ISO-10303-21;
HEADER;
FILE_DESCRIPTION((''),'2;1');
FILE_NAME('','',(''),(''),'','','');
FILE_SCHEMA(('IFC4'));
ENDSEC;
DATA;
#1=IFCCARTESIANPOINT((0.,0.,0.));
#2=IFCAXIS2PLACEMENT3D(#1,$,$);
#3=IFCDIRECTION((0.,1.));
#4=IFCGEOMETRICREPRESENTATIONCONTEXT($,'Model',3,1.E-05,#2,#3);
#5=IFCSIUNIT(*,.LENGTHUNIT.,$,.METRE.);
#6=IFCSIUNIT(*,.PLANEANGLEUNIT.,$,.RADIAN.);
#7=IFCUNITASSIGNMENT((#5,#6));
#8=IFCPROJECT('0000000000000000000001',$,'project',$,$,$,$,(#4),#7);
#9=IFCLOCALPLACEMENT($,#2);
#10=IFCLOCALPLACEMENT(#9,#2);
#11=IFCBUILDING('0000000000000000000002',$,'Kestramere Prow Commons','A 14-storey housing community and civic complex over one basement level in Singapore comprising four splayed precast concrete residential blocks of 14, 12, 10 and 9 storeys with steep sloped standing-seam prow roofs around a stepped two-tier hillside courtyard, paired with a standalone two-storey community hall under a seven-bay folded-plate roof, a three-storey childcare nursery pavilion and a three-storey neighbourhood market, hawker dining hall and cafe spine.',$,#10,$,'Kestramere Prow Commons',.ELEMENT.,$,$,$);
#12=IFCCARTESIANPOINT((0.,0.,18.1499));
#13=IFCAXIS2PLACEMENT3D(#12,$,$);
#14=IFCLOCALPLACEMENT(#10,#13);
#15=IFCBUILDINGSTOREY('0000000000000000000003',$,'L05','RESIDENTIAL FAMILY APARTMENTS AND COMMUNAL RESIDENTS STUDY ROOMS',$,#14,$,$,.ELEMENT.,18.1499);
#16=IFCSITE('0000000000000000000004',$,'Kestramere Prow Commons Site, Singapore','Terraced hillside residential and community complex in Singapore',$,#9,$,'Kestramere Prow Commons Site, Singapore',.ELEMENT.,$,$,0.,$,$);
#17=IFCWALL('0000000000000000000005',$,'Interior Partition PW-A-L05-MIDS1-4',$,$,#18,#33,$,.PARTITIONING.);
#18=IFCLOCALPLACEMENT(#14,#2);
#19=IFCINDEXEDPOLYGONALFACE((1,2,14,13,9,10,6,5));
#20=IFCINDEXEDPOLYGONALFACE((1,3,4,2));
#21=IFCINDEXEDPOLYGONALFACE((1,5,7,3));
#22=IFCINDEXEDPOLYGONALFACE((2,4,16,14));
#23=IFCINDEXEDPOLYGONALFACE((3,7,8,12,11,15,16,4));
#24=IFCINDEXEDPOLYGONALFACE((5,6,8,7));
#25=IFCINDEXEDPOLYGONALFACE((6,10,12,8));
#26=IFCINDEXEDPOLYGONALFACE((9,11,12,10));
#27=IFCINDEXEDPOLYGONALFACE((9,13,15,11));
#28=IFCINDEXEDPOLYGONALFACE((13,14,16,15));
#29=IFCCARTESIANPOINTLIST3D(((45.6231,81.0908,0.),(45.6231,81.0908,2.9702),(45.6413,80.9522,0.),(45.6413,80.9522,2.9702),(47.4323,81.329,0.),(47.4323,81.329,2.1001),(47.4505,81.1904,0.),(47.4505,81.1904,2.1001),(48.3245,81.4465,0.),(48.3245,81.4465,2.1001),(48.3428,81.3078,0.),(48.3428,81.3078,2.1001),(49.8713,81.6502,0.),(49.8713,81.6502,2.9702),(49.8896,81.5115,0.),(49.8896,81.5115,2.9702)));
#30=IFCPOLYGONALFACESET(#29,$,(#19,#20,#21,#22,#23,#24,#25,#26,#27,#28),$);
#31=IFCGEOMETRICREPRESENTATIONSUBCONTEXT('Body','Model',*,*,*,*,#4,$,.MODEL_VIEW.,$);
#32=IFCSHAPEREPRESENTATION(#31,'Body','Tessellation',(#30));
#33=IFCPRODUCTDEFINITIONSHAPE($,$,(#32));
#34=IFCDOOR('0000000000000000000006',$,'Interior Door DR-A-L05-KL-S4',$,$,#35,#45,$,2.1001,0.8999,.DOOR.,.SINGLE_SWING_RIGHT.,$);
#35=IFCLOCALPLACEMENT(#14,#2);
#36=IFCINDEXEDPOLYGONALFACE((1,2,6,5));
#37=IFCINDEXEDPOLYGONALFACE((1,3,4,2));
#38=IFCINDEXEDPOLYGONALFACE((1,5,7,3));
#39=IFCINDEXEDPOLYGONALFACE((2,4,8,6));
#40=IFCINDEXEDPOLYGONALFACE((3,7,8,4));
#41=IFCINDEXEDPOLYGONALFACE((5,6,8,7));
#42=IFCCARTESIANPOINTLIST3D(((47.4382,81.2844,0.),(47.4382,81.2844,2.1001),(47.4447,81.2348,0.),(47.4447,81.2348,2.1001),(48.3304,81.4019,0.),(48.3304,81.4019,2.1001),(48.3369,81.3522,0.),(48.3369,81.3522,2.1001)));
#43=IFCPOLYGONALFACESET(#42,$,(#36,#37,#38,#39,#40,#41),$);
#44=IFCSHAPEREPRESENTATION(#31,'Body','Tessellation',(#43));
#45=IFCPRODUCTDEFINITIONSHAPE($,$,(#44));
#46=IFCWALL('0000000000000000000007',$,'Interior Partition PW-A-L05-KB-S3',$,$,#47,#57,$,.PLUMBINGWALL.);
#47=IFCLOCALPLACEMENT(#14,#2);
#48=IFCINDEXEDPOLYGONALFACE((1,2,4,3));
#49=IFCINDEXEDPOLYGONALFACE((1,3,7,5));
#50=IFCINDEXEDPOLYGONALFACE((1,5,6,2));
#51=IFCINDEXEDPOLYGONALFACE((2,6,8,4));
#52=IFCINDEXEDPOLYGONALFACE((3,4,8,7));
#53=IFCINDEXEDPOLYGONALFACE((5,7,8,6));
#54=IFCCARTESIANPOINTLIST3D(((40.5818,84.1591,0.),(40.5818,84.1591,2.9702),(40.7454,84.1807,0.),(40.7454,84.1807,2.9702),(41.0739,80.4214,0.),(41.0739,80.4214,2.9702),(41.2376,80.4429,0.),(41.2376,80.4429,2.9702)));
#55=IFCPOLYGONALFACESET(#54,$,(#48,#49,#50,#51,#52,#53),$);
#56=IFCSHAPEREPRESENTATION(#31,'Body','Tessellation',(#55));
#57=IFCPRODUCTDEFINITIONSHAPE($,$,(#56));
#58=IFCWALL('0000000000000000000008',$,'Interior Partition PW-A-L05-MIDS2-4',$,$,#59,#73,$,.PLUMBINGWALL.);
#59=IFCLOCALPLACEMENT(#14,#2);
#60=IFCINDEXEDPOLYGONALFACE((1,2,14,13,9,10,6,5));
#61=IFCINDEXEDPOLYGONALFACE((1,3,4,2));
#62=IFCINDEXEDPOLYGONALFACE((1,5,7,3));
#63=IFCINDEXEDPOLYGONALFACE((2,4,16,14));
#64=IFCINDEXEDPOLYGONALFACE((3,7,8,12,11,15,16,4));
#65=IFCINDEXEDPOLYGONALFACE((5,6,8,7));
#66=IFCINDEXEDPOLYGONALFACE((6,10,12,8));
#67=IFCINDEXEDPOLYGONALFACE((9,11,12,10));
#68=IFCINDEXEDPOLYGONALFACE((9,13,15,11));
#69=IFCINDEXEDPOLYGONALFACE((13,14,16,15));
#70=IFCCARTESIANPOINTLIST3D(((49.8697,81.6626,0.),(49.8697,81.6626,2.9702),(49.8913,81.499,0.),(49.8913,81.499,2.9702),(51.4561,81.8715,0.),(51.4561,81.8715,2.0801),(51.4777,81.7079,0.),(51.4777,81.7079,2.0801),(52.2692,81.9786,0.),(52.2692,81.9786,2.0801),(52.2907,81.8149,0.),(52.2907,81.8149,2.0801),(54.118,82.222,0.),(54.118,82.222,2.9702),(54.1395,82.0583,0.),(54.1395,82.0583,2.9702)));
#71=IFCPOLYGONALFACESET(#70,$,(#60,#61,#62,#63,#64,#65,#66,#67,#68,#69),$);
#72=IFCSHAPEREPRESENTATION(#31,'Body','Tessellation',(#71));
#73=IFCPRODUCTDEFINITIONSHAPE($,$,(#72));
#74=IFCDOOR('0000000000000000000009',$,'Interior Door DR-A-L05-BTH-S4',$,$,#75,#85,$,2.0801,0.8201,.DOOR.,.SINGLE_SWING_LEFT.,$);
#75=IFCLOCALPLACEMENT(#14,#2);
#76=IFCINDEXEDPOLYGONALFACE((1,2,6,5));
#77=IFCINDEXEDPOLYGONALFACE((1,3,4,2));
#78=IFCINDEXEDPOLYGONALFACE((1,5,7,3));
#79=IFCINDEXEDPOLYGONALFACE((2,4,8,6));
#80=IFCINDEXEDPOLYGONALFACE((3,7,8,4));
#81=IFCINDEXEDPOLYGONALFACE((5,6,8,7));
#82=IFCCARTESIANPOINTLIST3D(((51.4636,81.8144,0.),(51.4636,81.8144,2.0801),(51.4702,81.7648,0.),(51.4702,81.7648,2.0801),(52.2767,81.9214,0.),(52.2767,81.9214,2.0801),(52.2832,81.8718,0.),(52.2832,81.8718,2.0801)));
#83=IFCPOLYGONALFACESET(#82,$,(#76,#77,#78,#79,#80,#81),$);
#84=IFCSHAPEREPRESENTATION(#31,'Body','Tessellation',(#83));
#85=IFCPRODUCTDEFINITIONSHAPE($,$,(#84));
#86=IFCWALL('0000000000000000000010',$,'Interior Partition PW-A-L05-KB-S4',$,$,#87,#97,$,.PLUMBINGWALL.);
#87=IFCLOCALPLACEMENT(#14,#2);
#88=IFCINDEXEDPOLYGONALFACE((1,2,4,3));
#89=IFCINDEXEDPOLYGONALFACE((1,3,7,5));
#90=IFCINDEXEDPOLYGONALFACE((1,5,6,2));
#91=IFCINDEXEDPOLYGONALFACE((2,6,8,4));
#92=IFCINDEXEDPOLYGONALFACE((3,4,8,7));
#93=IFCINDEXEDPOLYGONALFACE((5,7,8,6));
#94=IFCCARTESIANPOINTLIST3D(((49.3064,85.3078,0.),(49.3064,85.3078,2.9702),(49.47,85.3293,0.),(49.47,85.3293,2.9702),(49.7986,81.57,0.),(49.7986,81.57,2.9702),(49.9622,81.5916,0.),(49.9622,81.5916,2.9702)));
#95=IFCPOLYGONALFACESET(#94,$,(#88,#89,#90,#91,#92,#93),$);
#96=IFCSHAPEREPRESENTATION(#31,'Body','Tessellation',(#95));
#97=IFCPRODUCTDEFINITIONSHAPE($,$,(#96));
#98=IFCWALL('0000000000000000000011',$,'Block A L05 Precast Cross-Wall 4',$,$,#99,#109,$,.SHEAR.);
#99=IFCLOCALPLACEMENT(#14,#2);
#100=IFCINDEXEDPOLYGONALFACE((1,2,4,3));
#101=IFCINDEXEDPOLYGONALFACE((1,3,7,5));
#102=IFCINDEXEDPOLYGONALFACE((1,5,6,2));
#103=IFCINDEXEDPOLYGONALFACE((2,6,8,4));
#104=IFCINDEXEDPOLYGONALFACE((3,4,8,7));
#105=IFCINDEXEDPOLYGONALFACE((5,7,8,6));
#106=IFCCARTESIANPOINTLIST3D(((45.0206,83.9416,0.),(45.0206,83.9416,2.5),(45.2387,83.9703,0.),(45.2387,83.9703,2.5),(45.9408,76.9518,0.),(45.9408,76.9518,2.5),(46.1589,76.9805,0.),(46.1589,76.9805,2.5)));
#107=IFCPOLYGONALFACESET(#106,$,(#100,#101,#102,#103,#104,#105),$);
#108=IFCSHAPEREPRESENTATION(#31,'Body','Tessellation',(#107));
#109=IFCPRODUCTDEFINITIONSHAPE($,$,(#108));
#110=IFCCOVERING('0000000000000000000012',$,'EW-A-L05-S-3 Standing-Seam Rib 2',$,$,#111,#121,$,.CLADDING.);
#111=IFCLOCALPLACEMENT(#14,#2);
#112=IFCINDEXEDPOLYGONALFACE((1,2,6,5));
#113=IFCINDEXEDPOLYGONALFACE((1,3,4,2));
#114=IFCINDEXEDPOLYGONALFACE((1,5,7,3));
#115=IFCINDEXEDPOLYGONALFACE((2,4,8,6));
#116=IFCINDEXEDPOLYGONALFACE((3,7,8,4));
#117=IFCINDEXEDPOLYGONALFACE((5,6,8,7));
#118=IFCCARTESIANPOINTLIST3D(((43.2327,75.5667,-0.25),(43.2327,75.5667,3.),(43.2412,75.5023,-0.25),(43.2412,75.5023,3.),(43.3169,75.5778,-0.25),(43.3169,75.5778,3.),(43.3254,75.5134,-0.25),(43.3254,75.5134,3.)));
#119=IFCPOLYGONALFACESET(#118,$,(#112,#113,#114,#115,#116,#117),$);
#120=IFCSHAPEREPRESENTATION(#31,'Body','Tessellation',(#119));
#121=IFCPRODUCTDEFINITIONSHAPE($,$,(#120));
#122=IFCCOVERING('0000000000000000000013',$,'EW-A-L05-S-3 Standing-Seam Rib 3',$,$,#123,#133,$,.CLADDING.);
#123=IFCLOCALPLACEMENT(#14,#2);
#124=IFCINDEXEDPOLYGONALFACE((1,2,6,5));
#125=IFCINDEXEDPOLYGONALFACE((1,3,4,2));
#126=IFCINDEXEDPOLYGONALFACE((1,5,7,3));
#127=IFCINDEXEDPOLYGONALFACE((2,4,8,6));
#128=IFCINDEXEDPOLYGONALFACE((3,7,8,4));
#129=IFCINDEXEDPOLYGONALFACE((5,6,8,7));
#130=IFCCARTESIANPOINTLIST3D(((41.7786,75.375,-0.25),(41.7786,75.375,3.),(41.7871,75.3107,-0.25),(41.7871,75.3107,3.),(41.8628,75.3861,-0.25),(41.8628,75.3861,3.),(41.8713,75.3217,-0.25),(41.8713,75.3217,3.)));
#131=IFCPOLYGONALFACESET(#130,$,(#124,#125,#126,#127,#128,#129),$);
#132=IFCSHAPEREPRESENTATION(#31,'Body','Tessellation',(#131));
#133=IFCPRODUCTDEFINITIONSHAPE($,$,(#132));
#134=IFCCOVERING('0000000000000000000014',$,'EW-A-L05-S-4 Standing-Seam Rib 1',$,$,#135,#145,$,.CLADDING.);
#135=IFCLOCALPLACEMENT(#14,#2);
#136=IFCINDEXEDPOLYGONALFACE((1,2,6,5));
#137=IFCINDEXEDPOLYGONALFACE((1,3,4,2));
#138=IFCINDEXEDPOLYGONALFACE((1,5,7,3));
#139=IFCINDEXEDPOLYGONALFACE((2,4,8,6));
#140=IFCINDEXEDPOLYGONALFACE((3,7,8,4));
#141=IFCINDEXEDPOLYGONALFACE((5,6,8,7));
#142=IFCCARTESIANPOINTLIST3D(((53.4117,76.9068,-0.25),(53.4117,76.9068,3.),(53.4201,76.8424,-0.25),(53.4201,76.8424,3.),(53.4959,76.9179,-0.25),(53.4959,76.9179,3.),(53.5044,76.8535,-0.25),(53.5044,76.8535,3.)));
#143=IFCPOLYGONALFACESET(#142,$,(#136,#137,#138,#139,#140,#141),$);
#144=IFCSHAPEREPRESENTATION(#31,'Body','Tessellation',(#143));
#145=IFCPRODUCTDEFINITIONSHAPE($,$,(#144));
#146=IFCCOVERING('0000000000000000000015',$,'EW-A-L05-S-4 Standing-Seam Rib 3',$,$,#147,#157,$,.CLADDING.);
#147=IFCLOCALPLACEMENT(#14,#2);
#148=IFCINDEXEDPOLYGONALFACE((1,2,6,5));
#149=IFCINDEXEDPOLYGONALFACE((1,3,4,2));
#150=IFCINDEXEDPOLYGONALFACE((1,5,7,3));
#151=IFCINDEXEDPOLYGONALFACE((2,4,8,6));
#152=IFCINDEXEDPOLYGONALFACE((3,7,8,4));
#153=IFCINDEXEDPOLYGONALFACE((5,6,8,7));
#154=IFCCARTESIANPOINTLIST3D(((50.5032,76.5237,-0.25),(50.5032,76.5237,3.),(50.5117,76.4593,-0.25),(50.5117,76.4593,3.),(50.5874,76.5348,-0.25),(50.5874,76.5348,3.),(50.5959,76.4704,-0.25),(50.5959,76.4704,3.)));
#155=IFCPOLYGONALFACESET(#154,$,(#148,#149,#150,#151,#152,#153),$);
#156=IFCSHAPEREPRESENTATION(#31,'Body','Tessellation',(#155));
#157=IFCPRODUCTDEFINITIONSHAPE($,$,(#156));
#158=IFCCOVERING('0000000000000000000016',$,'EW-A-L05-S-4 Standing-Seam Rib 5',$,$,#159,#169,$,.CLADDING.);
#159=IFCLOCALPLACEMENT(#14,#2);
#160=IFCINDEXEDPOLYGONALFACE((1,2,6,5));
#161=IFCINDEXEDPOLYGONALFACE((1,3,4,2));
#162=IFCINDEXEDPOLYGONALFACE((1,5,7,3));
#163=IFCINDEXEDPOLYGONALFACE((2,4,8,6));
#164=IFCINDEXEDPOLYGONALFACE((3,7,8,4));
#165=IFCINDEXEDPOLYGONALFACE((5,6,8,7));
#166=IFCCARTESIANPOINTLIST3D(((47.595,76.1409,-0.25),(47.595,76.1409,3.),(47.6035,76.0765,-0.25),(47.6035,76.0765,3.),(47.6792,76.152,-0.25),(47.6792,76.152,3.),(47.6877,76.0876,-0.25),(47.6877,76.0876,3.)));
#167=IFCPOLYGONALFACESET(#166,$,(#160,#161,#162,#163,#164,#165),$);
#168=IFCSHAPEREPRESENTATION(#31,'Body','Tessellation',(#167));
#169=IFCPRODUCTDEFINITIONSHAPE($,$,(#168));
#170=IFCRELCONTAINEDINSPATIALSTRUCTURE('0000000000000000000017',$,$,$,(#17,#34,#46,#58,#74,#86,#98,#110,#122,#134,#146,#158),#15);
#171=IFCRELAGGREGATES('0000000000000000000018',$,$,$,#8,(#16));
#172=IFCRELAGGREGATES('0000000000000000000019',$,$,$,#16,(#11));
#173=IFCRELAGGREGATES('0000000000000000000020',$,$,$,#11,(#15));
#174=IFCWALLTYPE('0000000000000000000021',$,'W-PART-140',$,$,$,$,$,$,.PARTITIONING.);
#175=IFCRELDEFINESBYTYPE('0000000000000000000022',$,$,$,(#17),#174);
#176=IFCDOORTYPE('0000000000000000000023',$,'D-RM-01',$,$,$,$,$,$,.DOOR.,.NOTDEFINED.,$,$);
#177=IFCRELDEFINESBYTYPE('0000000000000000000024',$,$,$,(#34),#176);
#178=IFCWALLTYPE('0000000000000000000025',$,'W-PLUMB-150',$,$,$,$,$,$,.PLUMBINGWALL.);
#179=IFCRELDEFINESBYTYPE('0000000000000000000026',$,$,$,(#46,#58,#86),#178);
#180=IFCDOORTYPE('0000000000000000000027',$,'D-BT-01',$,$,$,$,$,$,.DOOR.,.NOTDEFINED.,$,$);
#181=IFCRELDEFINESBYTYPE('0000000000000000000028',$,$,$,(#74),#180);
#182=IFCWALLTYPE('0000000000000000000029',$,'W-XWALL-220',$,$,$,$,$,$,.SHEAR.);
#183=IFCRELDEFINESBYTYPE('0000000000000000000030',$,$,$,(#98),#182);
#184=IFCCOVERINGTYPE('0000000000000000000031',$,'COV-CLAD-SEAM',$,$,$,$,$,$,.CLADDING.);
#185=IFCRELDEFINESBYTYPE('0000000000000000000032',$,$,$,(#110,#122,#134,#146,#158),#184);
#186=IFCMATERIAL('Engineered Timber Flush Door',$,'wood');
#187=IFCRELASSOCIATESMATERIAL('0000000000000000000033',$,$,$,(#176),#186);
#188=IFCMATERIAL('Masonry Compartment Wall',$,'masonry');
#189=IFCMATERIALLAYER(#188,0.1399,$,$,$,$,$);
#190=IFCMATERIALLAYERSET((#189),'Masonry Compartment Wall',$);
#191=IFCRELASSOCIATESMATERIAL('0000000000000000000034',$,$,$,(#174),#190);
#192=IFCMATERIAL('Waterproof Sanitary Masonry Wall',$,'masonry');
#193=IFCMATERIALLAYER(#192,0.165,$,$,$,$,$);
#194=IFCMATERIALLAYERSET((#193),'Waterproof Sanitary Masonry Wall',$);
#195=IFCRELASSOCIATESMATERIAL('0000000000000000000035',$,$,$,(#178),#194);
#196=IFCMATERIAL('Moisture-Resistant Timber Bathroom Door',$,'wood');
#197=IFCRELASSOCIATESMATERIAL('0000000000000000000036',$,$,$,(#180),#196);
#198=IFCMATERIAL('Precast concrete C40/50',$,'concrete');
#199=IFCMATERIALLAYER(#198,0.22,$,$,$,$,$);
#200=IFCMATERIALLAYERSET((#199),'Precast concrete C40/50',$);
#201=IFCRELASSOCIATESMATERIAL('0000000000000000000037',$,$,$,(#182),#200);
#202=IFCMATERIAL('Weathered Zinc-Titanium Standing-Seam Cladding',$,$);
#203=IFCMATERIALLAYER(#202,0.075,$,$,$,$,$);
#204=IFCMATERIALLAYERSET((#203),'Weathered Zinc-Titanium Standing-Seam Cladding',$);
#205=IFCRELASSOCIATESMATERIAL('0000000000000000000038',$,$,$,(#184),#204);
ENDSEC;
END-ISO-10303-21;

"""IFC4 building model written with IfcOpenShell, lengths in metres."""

from ifc_helpers import new_model, si_unit, direction, frame, frame_2d, origin, origin_2d, place, context, subcontext, project, spatial, rectangle, extrude, material, layer, layer_set, type_object, element, fill, save


model = new_model("IFC4")

# Units and contexts
model_context = context("Model", 3, precision=1e-05, world=origin(), true_north=direction((0.0, 1.0)))
body_context = subcontext(model_context, "Body", "Model", "MODEL_VIEW")
ifc_project = project(units=[si_unit("LENGTHUNIT", "METRE"), si_unit("PLANEANGLEUNIT", "RADIAN")], contexts=[model_context])

# Site, building, storey
site_placement = place(None, origin())
site = spatial("IfcSite", under=ifc_project, at=site_placement, Name="Kestramere Prow Commons Site, Singapore", Description="Terraced hillside residential and community complex in Singapore", LongName="Kestramere Prow Commons Site, Singapore", CompositionType="ELEMENT", RefElevation=0.0)
building_placement = place(site_placement, origin())
building = spatial("IfcBuilding", under=site, at=building_placement, Name="Kestramere Prow Commons", Description="A 14-storey housing community and civic complex over one basement level in Singapore comprising four splayed precast concrete residential blocks of 14, 12, 10 and 9 storeys with steep sloped standing-seam prow roofs around a stepped two-tier hillside courtyard, paired with a standalone two-storey community hall under a seven-bay folded-plate roof, a three-storey childcare nursery pavilion and a three-storey neighbourhood market, hawker dining hall and cafe spine.", LongName="Kestramere Prow Commons", CompositionType="ELEMENT")
storey_placement = place(building_placement, frame((0.0, 0.0, 18.1499)))
storey = spatial("IfcBuildingStorey", under=building, at=storey_placement, Name="L05", Description="RESIDENTIAL FAMILY APARTMENTS AND COMMUNAL RESIDENTS STUDY ROOMS", CompositionType="ELEMENT", Elevation=18.1499)

# Shared definitions
ifc_material_1 = material(Name="Precast concrete C40/50", Category="concrete")

# Wall, opening, door
ifc_material_2 = material(Name="Engineered Timber Flush Door", Category="wood")
door_type_1 = type_object("IfcDoorType", Name="D-RM-01", OperationType="NOTDEFINED", PredefinedType="DOOR", material=ifc_material_2)
ifc_material_3 = material(Name="Masonry Compartment Wall", Category="masonry")
ifc_layer_1 = layer(ifc_material_3, 0.1399)
ifc_layer_set_1 = layer_set([ifc_layer_1], Name="Masonry Compartment Wall")
wall_type_1 = type_object("IfcWallType", Name="W-PART-140", PredefinedType="PARTITIONING", material=ifc_layer_set_1)
wall_1_placement = place(storey_placement, frame((45.6321, 81.0215, 0.0), z_axis=(0.0, 0.0, 1.0), x_axis=(0.991444, 0.130533, 0.0)))
wall_1 = element("IfcWall", 1, at=wall_1_placement, inside=storey, type_object=wall_type_1, Name="Interior Partition PW-A-L05-MIDS1-4", PredefinedType="PARTITIONING", context=body_context, shape_type="SweptSolid", body=[
    extrude(rectangle(XDim=4.2849, YDim=0.1399, at=frame_2d((2.1426, 0.0))), origin(), (0.0, 0.0, 1.0), 2.9702),
])
opening_1_placement = place(wall_1_placement, frame((1.825, 0.0, 0.0)))
opening_1 = element("IfcOpeningElement", 2, at=opening_1_placement, cuts=wall_1, PredefinedType="OPENING", context=body_context, shape_type="SweptSolid", body=[
    extrude(rectangle(XDim=0.8999, YDim=2.1001, at=frame_2d((0.45, 1.05))), frame((0.0, 0.085, 0.0), z_axis=(0.0, -1.0, 0.0), x_axis=(1.0, 0.0, 0.0)), (0.0, 0.0, 1.0), 0.1699),
])
door_1_placement = place(opening_1_placement, origin())
door_1 = element("IfcDoor", 3, at=door_1_placement, inside=storey, type_object=door_type_1, Name="Interior Door DR-A-L05-KL-S4", OperationType="SINGLE_SWING_RIGHT", OverallHeight=2.1001, OverallWidth=0.8999, PredefinedType="DOOR", context=body_context, shape_type="SweptSolid", body=[
    extrude(rectangle(XDim=0.8999, YDim=2.1001, at=frame_2d((0.45, 1.05))), frame((0.0, 0.0249, 0.0), z_axis=(0.0, -1.0, 0.0), x_axis=(1.0, 0.0, 0.0)), (0.0, 0.0, 1.0), 0.05),
])
fill(opening_1, door_1)

# Wall
ifc_material_4 = material(Name="Waterproof Sanitary Masonry Wall", Category="masonry")
ifc_layer_2 = layer(ifc_material_4, 0.165)
ifc_layer_set_2 = layer_set([ifc_layer_2], Name="Waterproof Sanitary Masonry Wall")
wall_type_2 = type_object("IfcWallType", Name="W-PLUMB-150", PredefinedType="PLUMBINGWALL", material=ifc_layer_set_2)
wall_2_placement = place(storey_placement, frame((41.1558, 80.4321, 0.0), z_axis=(0.0, 0.0, 1.0), x_axis=(-0.130552, 0.991442, 0.0)))
element("IfcWall", 4, at=wall_2_placement, inside=storey, type_object=wall_type_2, Name="Interior Partition PW-A-L05-KB-S3", PredefinedType="PLUMBINGWALL", context=body_context, shape_type="SweptSolid", body=[
    extrude(rectangle(XDim=3.77, YDim=0.165, at=frame_2d((1.885, 0.0))), origin(), (0.0, 0.0, 1.0), 2.9702),
])

# Wall, opening, door
wall_3_placement = place(storey_placement, frame((49.8804, 81.5808, 0.0), z_axis=(0.0, 0.0, 1.0), x_axis=(0.991444, 0.130533, 0.0)))
wall_3 = element("IfcWall", 5, at=wall_3_placement, inside=storey, type_object=wall_type_2, Name="Interior Partition PW-A-L05-MIDS2-4", PredefinedType="PLUMBINGWALL", context=body_context, shape_type="SweptSolid", body=[
    extrude(rectangle(XDim=4.2849, YDim=0.165, at=frame_2d((2.1426, 0.0))), origin(), (0.0, 0.0, 1.0), 2.9702),
])
opening_2_placement = place(wall_3_placement, frame((1.6001, 0.0, 0.0)))
opening_2 = element("IfcOpeningElement", 6, at=opening_2_placement, cuts=wall_3, PredefinedType="OPENING", context=body_context, shape_type="SweptSolid", body=[
    extrude(rectangle(XDim=0.8201, YDim=2.0801, at=frame_2d((0.4102, 1.04))), frame((0.0, 0.0974, 0.0), z_axis=(0.0, -1.0, 0.0), x_axis=(1.0, 0.0, 0.0)), (0.0, 0.0, 1.0), 0.1951),
])
ifc_material_5 = material(Name="Moisture-Resistant Timber Bathroom Door", Category="wood")
door_type_2 = type_object("IfcDoorType", Name="D-BT-01", OperationType="NOTDEFINED", PredefinedType="DOOR", material=ifc_material_5)
door_2_placement = place(opening_2_placement, origin())
door_2 = element("IfcDoor", 7, at=door_2_placement, inside=storey, type_object=door_type_2, Name="Interior Door DR-A-L05-BTH-S4", OperationType="SINGLE_SWING_LEFT", OverallHeight=2.0801, OverallWidth=0.8201, PredefinedType="DOOR", context=body_context, shape_type="SweptSolid", body=[
    extrude(rectangle(XDim=0.8201, YDim=2.0801, at=frame_2d((0.4102, 1.04))), frame((0.0, 0.0249, 0.0), z_axis=(0.0, -1.0, 0.0), x_axis=(1.0, 0.0, 0.0)), (0.0, 0.0, 1.0), 0.05),
])
fill(opening_2, door_2)

# Walls
wall_4_placement = place(storey_placement, frame((49.8804, 81.5808, 0.0), z_axis=(0.0, 0.0, 1.0), x_axis=(-0.130552, 0.991442, 0.0)))
element("IfcWall", 8, at=wall_4_placement, inside=storey, type_object=wall_type_2, Name="Interior Partition PW-A-L05-KB-S4", PredefinedType="PLUMBINGWALL", context=body_context, shape_type="SweptSolid", body=[
    extrude(rectangle(XDim=3.77, YDim=0.165, at=frame_2d((1.885, 0.0))), origin(), (0.0, 0.0, 1.0), 2.9702),
])
ifc_layer_3 = layer(ifc_material_1, 0.22)
ifc_layer_set_3 = layer_set([ifc_layer_3], Name="Precast concrete C40/50")
wall_type_3 = type_object("IfcWallType", Name="W-XWALL-220", PredefinedType="SHEAR", material=ifc_layer_set_3)
wall_5_placement = place(storey_placement, frame((46.0498, 76.9663, 0.0), z_axis=(0.0, 0.0, 1.0), x_axis=(-0.130519, 0.991446, 0.0)))
element("IfcWall", 9, at=wall_5_placement, inside=storey, type_object=wall_type_3, Name="Block A L05 Precast Cross-Wall 4", PredefinedType="SHEAR", context=body_context, shape_type="SweptSolid", body=[
    extrude(rectangle(XDim=7.05, YDim=0.22, at=frame_2d((3.5249, 0.0))), origin(), (0.0, 0.0, 1.0), 2.5),
])

# Coverings
ifc_material_6 = material(Name="Weathered Zinc-Titanium Standing-Seam Cladding")
ifc_layer_4 = layer(ifc_material_6, 0.075)
ifc_layer_set_4 = layer_set([ifc_layer_4], Name="Weathered Zinc-Titanium Standing-Seam Cladding")
covering_type = type_object("IfcCoveringType", Name="COV-CLAD-SEAM", PredefinedType="CLADDING", material=ifc_layer_set_4)
for number, where, z_axis, x_axis, name in (
    (10, (43.2791, 75.54, -0.25), (0.0, 0.0, 1.0), (-0.991445, -0.130526, 0.0), "EW-A-L05-S-3 Standing-Seam Rib 2"),
    (11, (41.825, 75.3484, -0.25), (0.0, 0.0, 1.0), (-0.991445, -0.130526, 0.0), "EW-A-L05-S-3 Standing-Seam Rib 3"),
    (12, (53.458, 76.8801, -0.25), (0.0, 0.0, 1.0), (-0.991445, -0.130526, 0.0), "EW-A-L05-S-4 Standing-Seam Rib 1"),
    (13, (50.5496, 76.4971, -0.25), (0.0, 0.0, 1.0), (-0.991445, -0.130526, 0.0), "EW-A-L05-S-4 Standing-Seam Rib 3"),
    (14, (47.6414, 76.1143, -0.25), (0.0, 0.0, 1.0), (-0.991445, -0.130526, 0.0), "EW-A-L05-S-4 Standing-Seam Rib 5"),
):
    element("IfcCovering", number, at=place(storey_placement, frame(where, z_axis=z_axis, x_axis=x_axis)), inside=storey, type_object=covering_type, Name=name, PredefinedType="CLADDING", context=body_context, shape_type="SweptSolid", body=[
        extrude(rectangle(XDim=0.085, YDim=0.0649, at=origin_2d()), origin(), (0.0, 0.0, 1.0), 3.25),
    ])

save(model, "model.ifc")
